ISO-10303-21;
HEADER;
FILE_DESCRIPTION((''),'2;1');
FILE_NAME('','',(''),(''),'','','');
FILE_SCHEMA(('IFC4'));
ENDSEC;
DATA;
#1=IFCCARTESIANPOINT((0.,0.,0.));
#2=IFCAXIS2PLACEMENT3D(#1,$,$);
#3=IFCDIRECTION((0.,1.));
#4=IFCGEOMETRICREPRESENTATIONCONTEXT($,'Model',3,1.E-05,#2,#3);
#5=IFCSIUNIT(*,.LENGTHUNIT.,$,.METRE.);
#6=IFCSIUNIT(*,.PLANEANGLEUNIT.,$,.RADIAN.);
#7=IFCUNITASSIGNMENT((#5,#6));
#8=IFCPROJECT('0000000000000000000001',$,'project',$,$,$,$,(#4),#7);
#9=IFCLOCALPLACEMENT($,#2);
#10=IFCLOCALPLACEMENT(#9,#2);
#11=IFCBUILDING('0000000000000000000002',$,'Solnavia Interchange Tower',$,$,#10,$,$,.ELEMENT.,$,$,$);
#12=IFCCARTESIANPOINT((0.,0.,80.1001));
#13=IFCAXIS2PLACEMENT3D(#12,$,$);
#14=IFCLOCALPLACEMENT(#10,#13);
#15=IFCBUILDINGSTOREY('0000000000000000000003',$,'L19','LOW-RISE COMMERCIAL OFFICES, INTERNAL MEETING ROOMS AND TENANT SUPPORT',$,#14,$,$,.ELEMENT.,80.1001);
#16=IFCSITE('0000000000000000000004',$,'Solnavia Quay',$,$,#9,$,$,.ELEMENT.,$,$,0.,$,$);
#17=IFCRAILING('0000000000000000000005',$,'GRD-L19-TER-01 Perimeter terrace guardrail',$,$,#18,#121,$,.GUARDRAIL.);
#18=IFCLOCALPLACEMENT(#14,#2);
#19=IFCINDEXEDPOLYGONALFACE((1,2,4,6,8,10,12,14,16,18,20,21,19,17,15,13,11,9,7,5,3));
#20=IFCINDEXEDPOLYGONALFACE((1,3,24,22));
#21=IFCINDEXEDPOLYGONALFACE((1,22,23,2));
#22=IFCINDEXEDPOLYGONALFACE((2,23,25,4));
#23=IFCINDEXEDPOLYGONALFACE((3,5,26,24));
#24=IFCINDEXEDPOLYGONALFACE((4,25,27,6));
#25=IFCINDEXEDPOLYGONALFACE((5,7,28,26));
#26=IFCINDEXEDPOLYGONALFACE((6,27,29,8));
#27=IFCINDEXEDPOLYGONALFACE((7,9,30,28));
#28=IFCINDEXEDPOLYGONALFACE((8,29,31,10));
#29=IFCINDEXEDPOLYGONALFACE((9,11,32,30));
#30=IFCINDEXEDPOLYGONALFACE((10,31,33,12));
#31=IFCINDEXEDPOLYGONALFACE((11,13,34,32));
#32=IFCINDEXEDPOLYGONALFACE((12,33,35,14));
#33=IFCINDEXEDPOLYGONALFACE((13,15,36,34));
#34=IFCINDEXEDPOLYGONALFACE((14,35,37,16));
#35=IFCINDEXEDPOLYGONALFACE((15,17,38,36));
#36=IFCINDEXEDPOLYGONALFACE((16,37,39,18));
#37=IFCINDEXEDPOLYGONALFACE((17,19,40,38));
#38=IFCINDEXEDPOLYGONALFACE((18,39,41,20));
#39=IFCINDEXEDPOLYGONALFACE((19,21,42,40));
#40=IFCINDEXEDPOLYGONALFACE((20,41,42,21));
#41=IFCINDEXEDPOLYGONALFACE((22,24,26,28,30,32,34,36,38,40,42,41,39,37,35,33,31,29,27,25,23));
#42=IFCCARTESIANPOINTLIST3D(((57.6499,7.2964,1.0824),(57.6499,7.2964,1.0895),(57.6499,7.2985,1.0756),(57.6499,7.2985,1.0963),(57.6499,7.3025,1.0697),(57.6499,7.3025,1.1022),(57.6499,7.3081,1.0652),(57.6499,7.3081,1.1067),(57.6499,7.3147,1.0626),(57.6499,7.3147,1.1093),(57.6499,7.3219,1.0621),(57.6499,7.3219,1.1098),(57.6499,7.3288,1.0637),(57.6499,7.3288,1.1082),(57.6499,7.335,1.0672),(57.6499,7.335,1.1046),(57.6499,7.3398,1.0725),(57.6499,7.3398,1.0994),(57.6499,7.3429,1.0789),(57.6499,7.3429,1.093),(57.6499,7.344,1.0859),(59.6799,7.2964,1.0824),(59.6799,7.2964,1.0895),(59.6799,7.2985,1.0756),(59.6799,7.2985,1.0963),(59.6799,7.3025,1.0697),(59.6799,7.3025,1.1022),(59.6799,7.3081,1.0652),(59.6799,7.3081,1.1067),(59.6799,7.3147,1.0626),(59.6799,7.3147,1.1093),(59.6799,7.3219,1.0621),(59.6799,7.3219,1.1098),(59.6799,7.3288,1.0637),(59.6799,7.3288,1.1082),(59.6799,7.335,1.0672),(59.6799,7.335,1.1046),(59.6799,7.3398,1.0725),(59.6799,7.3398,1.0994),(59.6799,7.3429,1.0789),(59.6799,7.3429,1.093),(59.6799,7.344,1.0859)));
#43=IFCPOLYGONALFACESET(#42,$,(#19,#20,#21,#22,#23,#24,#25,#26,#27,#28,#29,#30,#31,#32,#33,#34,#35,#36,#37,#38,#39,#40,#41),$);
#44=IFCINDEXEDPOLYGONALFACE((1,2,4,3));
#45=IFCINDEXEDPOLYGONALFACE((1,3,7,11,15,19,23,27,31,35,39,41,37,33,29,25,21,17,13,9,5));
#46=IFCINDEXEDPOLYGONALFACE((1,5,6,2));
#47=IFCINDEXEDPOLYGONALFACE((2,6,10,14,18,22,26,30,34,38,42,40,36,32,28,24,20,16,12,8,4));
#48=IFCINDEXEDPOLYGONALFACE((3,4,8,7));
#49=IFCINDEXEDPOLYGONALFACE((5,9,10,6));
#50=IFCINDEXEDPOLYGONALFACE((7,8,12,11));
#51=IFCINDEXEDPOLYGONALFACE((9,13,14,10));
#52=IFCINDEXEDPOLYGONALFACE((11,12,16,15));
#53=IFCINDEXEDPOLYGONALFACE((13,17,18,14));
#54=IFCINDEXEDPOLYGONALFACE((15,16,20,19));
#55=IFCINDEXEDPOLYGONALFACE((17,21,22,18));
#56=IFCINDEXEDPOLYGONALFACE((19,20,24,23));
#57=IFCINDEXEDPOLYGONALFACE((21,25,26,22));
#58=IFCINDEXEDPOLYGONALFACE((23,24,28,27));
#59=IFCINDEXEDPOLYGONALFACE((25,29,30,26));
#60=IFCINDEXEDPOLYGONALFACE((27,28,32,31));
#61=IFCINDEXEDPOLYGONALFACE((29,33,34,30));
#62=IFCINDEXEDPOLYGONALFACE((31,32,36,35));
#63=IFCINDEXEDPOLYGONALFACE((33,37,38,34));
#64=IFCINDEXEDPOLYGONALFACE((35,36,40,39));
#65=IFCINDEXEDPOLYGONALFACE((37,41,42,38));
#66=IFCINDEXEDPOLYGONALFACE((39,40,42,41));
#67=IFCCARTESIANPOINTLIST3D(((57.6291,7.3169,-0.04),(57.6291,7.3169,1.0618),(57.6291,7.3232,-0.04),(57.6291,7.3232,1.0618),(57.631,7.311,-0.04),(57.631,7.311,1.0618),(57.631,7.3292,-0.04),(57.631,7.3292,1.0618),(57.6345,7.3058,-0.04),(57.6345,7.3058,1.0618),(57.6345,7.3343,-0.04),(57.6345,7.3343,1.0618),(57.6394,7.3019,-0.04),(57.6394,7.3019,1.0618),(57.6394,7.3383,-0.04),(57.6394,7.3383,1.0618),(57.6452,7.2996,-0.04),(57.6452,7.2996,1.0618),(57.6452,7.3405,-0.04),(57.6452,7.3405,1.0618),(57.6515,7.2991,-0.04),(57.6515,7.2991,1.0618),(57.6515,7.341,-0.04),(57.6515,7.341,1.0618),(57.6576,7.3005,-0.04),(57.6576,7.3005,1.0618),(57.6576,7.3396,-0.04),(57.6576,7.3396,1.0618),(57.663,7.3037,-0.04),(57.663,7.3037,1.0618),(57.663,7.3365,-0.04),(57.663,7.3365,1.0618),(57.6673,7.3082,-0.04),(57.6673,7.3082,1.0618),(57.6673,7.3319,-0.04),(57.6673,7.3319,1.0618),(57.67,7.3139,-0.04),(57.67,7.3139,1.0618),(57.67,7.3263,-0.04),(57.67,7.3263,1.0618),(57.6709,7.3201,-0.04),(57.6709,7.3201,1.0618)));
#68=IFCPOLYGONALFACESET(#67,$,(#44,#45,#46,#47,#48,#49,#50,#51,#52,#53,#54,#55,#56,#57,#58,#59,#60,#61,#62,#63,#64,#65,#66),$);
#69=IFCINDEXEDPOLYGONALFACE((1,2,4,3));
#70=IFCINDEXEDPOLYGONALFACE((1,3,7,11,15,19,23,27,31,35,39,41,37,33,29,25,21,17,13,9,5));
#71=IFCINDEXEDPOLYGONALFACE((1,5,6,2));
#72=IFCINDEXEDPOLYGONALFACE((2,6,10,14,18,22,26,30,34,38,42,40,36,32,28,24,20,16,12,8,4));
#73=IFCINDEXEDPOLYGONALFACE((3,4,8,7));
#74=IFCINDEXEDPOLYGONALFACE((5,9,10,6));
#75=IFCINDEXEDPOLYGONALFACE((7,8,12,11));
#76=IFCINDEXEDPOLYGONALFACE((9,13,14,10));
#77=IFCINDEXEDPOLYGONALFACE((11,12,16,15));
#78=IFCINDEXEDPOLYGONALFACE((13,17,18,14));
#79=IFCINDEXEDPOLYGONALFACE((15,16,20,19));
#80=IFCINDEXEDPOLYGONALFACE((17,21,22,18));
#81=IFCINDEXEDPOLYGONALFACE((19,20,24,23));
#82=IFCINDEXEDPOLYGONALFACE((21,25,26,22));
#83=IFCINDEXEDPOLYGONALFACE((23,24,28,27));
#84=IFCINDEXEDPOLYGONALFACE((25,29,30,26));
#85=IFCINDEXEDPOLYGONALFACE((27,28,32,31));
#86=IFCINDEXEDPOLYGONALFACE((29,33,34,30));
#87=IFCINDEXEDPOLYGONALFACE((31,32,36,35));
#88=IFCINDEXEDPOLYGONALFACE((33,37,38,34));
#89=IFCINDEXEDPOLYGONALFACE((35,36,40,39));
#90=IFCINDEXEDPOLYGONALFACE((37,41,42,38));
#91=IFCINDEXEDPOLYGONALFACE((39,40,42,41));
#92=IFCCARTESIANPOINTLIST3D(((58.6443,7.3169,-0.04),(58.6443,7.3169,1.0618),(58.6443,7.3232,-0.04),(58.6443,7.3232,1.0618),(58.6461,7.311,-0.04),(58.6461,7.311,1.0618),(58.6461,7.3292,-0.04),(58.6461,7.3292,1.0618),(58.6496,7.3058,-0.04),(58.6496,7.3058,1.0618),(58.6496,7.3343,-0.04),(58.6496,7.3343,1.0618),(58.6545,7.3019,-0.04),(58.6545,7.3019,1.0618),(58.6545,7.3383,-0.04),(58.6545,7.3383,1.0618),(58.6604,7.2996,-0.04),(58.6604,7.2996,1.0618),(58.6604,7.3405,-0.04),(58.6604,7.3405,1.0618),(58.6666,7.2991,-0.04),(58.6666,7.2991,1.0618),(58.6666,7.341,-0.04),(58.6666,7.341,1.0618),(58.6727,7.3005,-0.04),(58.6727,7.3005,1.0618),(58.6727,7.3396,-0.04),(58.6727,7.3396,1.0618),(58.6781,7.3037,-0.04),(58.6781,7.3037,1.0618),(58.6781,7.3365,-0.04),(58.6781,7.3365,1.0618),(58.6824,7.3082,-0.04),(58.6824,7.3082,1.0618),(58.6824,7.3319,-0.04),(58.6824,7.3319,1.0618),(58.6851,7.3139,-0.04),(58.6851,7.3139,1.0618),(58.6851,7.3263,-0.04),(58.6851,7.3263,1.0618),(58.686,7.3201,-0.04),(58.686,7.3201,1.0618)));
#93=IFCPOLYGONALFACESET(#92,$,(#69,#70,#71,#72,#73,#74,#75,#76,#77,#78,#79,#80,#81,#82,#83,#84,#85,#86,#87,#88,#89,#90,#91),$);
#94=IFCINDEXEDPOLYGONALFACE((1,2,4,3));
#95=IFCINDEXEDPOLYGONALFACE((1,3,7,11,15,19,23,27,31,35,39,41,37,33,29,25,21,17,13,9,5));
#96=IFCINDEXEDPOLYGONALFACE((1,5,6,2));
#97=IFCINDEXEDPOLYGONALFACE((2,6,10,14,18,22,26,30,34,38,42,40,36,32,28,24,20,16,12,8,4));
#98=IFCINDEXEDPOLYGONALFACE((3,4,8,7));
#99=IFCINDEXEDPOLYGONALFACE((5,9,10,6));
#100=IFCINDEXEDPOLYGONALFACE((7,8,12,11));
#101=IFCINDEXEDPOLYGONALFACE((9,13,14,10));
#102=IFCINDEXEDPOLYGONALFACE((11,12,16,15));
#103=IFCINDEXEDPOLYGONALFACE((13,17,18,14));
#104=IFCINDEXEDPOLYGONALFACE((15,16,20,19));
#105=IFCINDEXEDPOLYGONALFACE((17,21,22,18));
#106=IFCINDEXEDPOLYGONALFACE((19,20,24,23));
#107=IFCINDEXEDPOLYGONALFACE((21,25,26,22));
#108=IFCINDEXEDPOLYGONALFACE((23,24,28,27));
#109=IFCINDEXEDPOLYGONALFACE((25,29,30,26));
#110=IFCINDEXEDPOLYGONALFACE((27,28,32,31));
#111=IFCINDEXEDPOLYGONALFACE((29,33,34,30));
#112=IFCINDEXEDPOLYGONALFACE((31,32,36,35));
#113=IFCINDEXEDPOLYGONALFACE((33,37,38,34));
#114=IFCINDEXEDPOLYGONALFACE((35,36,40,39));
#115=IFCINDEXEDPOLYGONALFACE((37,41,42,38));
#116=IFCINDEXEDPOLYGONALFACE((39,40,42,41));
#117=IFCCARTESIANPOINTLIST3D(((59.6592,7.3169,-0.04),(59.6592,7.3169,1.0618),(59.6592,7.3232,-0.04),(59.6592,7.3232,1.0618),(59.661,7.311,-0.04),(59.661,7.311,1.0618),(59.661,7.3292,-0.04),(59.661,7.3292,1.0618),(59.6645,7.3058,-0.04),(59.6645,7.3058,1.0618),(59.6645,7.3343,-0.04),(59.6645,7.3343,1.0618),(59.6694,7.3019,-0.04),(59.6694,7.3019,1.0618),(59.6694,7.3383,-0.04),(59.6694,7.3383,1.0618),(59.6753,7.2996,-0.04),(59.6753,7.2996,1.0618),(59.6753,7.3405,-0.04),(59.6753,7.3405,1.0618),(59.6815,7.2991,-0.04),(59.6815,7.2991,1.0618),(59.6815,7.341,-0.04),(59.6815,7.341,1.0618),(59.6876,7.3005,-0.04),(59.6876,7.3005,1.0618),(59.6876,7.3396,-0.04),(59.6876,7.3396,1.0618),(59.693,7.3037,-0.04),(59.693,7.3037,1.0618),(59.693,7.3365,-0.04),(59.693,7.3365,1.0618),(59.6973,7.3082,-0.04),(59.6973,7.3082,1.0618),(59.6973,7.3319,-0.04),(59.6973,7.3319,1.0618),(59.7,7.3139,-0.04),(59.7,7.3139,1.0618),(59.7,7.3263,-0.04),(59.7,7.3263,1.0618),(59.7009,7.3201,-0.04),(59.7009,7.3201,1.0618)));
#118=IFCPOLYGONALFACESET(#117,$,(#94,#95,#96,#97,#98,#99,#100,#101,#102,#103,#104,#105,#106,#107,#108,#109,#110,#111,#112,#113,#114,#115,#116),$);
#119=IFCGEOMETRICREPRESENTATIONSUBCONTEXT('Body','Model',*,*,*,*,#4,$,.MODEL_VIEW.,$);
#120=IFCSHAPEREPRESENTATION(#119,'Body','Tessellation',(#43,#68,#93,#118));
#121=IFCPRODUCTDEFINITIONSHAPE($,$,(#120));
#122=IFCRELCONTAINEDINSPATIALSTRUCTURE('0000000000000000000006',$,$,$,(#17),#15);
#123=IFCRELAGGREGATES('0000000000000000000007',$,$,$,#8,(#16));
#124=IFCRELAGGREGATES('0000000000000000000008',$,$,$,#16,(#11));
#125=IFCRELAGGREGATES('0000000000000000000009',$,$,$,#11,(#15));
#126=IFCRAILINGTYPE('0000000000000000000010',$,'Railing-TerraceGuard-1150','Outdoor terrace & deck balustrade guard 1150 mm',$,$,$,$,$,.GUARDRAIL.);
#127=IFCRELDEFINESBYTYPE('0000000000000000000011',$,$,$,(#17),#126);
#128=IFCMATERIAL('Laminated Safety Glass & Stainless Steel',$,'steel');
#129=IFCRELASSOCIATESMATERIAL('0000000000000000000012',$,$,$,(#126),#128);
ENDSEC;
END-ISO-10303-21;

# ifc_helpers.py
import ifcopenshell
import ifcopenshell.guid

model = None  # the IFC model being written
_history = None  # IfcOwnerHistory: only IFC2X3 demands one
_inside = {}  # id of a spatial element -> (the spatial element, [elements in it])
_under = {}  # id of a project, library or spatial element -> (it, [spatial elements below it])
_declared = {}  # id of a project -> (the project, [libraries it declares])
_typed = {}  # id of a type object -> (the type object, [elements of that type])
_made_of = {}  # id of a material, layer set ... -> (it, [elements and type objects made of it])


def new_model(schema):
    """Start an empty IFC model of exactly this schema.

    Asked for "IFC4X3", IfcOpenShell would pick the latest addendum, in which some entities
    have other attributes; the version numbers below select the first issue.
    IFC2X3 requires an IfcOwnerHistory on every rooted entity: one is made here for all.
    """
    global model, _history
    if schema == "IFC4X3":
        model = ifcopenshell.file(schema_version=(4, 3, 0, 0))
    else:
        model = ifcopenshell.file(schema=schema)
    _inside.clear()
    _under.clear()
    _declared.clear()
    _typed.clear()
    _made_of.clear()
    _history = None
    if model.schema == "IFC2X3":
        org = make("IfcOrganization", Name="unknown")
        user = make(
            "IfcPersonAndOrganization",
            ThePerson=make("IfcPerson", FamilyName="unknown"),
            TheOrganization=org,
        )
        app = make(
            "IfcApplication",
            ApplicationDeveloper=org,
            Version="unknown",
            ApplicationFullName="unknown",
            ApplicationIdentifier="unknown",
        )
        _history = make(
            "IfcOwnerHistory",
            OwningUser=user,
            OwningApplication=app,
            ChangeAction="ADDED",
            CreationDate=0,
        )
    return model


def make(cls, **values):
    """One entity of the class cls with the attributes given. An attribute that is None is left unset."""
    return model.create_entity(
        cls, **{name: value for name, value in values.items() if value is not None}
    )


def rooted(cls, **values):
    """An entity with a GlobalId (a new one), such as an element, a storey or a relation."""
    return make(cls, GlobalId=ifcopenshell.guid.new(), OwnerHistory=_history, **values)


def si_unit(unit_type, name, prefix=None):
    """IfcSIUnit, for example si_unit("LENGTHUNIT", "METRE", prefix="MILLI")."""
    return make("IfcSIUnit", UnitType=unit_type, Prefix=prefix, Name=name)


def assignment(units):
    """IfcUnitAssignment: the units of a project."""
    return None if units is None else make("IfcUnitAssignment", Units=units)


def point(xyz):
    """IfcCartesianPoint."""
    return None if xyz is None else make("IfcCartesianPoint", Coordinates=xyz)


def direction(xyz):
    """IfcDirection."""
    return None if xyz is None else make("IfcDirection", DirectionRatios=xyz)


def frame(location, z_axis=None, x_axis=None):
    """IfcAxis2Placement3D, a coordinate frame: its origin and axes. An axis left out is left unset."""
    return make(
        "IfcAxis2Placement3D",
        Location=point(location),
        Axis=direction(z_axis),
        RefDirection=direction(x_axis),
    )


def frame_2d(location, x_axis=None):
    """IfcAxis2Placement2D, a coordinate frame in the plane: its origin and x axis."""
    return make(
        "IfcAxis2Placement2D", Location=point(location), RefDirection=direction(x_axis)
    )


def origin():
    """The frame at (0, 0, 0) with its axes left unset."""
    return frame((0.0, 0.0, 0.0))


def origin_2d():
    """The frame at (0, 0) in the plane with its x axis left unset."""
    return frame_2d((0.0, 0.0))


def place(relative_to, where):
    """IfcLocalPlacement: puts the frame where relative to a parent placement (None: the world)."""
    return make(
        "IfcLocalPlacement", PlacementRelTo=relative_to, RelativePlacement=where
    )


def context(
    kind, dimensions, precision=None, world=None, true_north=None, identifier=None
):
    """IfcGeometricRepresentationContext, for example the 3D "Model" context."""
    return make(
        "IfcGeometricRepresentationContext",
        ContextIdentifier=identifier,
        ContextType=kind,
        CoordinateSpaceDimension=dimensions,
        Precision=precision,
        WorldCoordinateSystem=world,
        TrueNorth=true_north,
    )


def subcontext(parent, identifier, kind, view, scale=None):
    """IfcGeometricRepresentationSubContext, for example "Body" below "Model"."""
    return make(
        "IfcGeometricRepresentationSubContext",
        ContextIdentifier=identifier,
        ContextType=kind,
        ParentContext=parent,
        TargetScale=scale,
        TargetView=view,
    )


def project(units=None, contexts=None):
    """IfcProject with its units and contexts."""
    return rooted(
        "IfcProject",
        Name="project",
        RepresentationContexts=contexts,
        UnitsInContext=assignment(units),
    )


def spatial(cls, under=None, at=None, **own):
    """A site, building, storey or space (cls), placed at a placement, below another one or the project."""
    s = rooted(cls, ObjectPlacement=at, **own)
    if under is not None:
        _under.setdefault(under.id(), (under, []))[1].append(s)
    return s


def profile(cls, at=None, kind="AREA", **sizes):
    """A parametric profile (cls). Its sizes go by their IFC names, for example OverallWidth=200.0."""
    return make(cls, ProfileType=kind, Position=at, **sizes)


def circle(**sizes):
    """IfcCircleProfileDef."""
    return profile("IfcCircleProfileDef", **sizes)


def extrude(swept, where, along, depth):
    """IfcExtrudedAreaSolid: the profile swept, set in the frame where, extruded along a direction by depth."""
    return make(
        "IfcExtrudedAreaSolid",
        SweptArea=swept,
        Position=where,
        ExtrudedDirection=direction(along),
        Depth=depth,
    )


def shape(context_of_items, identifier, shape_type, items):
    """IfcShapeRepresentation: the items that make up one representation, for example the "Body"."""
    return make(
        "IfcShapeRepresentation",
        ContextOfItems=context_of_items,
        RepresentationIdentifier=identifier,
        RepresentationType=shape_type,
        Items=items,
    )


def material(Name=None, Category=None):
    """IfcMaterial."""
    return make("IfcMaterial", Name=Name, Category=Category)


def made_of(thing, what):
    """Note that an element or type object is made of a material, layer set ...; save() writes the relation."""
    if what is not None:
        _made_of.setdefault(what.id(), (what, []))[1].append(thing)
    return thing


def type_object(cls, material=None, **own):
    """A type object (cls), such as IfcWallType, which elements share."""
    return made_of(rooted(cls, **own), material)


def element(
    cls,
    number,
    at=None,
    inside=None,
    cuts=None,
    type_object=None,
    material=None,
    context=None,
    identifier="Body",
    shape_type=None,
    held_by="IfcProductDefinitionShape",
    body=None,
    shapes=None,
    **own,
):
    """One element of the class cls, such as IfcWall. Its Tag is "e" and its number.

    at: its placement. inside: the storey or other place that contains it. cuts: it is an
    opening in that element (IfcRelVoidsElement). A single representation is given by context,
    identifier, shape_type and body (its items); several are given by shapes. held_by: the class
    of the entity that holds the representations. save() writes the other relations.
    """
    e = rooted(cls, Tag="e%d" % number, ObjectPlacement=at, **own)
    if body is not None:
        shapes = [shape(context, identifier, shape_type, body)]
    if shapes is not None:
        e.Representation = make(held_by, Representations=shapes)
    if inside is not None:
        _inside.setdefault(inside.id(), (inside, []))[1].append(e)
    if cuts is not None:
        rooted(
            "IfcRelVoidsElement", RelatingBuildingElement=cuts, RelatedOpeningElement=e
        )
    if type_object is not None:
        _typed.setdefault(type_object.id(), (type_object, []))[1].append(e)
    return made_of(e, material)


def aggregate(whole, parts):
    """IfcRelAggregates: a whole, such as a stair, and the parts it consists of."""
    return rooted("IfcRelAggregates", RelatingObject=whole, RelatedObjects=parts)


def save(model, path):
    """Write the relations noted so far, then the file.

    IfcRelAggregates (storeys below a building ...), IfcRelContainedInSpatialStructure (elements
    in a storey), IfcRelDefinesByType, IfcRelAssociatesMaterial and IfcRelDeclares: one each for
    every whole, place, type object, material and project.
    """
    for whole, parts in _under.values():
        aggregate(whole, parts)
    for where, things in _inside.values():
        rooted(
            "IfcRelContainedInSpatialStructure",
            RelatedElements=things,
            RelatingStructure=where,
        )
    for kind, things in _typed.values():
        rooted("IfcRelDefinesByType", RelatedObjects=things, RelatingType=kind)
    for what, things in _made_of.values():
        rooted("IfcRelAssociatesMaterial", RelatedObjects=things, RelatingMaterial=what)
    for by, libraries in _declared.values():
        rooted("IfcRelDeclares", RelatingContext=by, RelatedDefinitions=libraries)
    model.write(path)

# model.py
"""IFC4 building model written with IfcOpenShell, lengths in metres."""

from ifc_helpers import new_model, si_unit, direction, frame, origin, origin_2d, place, context, subcontext, project, spatial, circle, extrude, material, type_object, element, save


model = new_model("IFC4")

# Units and contexts
model_context = context("Model", 3, precision=1e-05, world=origin(), true_north=direction((0.0, 1.0)))
body_context = subcontext(model_context, "Body", "Model", "MODEL_VIEW")
ifc_project = project(units=[si_unit("LENGTHUNIT", "METRE"), si_unit("PLANEANGLEUNIT", "RADIAN")], contexts=[model_context])

# Site, building, storey
site_placement = place(None, origin())
site = spatial("IfcSite", under=ifc_project, at=site_placement, Name="Solnavia Quay", CompositionType="ELEMENT", RefElevation=0.0)
building_placement = place(site_placement, origin())
building = spatial("IfcBuilding", under=site, at=building_placement, Name="Solnavia Interchange Tower", CompositionType="ELEMENT")
storey_placement = place(building_placement, frame((0.0, 0.0, 80.1001)))
storey = spatial("IfcBuildingStorey", under=building, at=storey_placement, Name="L19", Description="LOW-RISE COMMERCIAL OFFICES, INTERNAL MEETING ROOMS AND TENANT SUPPORT", CompositionType="ELEMENT", Elevation=80.1001)

# Railing
ifc_material_1 = material(Name="Laminated Safety Glass & Stainless Steel", Category="steel")
railing_type = type_object("IfcRailingType", Name="Railing-TerraceGuard-1150", Description="Outdoor terrace & deck balustrade guard 1150 mm", PredefinedType="GUARDRAIL", material=ifc_material_1)
railing_1_placement = place(storey_placement, frame((57.6499, 7.3201, -0.04)))
element("IfcRailing", 1, at=railing_1_placement, inside=storey, type_object=railing_type, Name="GRD-L19-TER-01 Perimeter terrace guardrail", PredefinedType="GUARDRAIL", context=body_context, shape_type="SweptSolid", body=[
    extrude(circle(Radius=0.0239, at=origin_2d()), frame((0.0, 0.0, 1.126), z_axis=(1.0, 0.0, 0.0), x_axis=(0.0, 1.0, 0.0)), (0.0, 0.0, 1.0), 2.03),
    extrude(circle(Radius=0.021, at=origin_2d()), origin(), (0.0, 0.0, 1.0), 1.1018),
    extrude(circle(Radius=0.021, at=origin_2d()), frame((1.0151, 0.0, 0.0)), (0.0, 0.0, 1.0), 1.1018),
    extrude(circle(Radius=0.021, at=origin_2d()), frame((2.03, 0.0, 0.0)), (0.0, 0.0, 1.0), 1.1018),
])

save(model, "model.ifc")
